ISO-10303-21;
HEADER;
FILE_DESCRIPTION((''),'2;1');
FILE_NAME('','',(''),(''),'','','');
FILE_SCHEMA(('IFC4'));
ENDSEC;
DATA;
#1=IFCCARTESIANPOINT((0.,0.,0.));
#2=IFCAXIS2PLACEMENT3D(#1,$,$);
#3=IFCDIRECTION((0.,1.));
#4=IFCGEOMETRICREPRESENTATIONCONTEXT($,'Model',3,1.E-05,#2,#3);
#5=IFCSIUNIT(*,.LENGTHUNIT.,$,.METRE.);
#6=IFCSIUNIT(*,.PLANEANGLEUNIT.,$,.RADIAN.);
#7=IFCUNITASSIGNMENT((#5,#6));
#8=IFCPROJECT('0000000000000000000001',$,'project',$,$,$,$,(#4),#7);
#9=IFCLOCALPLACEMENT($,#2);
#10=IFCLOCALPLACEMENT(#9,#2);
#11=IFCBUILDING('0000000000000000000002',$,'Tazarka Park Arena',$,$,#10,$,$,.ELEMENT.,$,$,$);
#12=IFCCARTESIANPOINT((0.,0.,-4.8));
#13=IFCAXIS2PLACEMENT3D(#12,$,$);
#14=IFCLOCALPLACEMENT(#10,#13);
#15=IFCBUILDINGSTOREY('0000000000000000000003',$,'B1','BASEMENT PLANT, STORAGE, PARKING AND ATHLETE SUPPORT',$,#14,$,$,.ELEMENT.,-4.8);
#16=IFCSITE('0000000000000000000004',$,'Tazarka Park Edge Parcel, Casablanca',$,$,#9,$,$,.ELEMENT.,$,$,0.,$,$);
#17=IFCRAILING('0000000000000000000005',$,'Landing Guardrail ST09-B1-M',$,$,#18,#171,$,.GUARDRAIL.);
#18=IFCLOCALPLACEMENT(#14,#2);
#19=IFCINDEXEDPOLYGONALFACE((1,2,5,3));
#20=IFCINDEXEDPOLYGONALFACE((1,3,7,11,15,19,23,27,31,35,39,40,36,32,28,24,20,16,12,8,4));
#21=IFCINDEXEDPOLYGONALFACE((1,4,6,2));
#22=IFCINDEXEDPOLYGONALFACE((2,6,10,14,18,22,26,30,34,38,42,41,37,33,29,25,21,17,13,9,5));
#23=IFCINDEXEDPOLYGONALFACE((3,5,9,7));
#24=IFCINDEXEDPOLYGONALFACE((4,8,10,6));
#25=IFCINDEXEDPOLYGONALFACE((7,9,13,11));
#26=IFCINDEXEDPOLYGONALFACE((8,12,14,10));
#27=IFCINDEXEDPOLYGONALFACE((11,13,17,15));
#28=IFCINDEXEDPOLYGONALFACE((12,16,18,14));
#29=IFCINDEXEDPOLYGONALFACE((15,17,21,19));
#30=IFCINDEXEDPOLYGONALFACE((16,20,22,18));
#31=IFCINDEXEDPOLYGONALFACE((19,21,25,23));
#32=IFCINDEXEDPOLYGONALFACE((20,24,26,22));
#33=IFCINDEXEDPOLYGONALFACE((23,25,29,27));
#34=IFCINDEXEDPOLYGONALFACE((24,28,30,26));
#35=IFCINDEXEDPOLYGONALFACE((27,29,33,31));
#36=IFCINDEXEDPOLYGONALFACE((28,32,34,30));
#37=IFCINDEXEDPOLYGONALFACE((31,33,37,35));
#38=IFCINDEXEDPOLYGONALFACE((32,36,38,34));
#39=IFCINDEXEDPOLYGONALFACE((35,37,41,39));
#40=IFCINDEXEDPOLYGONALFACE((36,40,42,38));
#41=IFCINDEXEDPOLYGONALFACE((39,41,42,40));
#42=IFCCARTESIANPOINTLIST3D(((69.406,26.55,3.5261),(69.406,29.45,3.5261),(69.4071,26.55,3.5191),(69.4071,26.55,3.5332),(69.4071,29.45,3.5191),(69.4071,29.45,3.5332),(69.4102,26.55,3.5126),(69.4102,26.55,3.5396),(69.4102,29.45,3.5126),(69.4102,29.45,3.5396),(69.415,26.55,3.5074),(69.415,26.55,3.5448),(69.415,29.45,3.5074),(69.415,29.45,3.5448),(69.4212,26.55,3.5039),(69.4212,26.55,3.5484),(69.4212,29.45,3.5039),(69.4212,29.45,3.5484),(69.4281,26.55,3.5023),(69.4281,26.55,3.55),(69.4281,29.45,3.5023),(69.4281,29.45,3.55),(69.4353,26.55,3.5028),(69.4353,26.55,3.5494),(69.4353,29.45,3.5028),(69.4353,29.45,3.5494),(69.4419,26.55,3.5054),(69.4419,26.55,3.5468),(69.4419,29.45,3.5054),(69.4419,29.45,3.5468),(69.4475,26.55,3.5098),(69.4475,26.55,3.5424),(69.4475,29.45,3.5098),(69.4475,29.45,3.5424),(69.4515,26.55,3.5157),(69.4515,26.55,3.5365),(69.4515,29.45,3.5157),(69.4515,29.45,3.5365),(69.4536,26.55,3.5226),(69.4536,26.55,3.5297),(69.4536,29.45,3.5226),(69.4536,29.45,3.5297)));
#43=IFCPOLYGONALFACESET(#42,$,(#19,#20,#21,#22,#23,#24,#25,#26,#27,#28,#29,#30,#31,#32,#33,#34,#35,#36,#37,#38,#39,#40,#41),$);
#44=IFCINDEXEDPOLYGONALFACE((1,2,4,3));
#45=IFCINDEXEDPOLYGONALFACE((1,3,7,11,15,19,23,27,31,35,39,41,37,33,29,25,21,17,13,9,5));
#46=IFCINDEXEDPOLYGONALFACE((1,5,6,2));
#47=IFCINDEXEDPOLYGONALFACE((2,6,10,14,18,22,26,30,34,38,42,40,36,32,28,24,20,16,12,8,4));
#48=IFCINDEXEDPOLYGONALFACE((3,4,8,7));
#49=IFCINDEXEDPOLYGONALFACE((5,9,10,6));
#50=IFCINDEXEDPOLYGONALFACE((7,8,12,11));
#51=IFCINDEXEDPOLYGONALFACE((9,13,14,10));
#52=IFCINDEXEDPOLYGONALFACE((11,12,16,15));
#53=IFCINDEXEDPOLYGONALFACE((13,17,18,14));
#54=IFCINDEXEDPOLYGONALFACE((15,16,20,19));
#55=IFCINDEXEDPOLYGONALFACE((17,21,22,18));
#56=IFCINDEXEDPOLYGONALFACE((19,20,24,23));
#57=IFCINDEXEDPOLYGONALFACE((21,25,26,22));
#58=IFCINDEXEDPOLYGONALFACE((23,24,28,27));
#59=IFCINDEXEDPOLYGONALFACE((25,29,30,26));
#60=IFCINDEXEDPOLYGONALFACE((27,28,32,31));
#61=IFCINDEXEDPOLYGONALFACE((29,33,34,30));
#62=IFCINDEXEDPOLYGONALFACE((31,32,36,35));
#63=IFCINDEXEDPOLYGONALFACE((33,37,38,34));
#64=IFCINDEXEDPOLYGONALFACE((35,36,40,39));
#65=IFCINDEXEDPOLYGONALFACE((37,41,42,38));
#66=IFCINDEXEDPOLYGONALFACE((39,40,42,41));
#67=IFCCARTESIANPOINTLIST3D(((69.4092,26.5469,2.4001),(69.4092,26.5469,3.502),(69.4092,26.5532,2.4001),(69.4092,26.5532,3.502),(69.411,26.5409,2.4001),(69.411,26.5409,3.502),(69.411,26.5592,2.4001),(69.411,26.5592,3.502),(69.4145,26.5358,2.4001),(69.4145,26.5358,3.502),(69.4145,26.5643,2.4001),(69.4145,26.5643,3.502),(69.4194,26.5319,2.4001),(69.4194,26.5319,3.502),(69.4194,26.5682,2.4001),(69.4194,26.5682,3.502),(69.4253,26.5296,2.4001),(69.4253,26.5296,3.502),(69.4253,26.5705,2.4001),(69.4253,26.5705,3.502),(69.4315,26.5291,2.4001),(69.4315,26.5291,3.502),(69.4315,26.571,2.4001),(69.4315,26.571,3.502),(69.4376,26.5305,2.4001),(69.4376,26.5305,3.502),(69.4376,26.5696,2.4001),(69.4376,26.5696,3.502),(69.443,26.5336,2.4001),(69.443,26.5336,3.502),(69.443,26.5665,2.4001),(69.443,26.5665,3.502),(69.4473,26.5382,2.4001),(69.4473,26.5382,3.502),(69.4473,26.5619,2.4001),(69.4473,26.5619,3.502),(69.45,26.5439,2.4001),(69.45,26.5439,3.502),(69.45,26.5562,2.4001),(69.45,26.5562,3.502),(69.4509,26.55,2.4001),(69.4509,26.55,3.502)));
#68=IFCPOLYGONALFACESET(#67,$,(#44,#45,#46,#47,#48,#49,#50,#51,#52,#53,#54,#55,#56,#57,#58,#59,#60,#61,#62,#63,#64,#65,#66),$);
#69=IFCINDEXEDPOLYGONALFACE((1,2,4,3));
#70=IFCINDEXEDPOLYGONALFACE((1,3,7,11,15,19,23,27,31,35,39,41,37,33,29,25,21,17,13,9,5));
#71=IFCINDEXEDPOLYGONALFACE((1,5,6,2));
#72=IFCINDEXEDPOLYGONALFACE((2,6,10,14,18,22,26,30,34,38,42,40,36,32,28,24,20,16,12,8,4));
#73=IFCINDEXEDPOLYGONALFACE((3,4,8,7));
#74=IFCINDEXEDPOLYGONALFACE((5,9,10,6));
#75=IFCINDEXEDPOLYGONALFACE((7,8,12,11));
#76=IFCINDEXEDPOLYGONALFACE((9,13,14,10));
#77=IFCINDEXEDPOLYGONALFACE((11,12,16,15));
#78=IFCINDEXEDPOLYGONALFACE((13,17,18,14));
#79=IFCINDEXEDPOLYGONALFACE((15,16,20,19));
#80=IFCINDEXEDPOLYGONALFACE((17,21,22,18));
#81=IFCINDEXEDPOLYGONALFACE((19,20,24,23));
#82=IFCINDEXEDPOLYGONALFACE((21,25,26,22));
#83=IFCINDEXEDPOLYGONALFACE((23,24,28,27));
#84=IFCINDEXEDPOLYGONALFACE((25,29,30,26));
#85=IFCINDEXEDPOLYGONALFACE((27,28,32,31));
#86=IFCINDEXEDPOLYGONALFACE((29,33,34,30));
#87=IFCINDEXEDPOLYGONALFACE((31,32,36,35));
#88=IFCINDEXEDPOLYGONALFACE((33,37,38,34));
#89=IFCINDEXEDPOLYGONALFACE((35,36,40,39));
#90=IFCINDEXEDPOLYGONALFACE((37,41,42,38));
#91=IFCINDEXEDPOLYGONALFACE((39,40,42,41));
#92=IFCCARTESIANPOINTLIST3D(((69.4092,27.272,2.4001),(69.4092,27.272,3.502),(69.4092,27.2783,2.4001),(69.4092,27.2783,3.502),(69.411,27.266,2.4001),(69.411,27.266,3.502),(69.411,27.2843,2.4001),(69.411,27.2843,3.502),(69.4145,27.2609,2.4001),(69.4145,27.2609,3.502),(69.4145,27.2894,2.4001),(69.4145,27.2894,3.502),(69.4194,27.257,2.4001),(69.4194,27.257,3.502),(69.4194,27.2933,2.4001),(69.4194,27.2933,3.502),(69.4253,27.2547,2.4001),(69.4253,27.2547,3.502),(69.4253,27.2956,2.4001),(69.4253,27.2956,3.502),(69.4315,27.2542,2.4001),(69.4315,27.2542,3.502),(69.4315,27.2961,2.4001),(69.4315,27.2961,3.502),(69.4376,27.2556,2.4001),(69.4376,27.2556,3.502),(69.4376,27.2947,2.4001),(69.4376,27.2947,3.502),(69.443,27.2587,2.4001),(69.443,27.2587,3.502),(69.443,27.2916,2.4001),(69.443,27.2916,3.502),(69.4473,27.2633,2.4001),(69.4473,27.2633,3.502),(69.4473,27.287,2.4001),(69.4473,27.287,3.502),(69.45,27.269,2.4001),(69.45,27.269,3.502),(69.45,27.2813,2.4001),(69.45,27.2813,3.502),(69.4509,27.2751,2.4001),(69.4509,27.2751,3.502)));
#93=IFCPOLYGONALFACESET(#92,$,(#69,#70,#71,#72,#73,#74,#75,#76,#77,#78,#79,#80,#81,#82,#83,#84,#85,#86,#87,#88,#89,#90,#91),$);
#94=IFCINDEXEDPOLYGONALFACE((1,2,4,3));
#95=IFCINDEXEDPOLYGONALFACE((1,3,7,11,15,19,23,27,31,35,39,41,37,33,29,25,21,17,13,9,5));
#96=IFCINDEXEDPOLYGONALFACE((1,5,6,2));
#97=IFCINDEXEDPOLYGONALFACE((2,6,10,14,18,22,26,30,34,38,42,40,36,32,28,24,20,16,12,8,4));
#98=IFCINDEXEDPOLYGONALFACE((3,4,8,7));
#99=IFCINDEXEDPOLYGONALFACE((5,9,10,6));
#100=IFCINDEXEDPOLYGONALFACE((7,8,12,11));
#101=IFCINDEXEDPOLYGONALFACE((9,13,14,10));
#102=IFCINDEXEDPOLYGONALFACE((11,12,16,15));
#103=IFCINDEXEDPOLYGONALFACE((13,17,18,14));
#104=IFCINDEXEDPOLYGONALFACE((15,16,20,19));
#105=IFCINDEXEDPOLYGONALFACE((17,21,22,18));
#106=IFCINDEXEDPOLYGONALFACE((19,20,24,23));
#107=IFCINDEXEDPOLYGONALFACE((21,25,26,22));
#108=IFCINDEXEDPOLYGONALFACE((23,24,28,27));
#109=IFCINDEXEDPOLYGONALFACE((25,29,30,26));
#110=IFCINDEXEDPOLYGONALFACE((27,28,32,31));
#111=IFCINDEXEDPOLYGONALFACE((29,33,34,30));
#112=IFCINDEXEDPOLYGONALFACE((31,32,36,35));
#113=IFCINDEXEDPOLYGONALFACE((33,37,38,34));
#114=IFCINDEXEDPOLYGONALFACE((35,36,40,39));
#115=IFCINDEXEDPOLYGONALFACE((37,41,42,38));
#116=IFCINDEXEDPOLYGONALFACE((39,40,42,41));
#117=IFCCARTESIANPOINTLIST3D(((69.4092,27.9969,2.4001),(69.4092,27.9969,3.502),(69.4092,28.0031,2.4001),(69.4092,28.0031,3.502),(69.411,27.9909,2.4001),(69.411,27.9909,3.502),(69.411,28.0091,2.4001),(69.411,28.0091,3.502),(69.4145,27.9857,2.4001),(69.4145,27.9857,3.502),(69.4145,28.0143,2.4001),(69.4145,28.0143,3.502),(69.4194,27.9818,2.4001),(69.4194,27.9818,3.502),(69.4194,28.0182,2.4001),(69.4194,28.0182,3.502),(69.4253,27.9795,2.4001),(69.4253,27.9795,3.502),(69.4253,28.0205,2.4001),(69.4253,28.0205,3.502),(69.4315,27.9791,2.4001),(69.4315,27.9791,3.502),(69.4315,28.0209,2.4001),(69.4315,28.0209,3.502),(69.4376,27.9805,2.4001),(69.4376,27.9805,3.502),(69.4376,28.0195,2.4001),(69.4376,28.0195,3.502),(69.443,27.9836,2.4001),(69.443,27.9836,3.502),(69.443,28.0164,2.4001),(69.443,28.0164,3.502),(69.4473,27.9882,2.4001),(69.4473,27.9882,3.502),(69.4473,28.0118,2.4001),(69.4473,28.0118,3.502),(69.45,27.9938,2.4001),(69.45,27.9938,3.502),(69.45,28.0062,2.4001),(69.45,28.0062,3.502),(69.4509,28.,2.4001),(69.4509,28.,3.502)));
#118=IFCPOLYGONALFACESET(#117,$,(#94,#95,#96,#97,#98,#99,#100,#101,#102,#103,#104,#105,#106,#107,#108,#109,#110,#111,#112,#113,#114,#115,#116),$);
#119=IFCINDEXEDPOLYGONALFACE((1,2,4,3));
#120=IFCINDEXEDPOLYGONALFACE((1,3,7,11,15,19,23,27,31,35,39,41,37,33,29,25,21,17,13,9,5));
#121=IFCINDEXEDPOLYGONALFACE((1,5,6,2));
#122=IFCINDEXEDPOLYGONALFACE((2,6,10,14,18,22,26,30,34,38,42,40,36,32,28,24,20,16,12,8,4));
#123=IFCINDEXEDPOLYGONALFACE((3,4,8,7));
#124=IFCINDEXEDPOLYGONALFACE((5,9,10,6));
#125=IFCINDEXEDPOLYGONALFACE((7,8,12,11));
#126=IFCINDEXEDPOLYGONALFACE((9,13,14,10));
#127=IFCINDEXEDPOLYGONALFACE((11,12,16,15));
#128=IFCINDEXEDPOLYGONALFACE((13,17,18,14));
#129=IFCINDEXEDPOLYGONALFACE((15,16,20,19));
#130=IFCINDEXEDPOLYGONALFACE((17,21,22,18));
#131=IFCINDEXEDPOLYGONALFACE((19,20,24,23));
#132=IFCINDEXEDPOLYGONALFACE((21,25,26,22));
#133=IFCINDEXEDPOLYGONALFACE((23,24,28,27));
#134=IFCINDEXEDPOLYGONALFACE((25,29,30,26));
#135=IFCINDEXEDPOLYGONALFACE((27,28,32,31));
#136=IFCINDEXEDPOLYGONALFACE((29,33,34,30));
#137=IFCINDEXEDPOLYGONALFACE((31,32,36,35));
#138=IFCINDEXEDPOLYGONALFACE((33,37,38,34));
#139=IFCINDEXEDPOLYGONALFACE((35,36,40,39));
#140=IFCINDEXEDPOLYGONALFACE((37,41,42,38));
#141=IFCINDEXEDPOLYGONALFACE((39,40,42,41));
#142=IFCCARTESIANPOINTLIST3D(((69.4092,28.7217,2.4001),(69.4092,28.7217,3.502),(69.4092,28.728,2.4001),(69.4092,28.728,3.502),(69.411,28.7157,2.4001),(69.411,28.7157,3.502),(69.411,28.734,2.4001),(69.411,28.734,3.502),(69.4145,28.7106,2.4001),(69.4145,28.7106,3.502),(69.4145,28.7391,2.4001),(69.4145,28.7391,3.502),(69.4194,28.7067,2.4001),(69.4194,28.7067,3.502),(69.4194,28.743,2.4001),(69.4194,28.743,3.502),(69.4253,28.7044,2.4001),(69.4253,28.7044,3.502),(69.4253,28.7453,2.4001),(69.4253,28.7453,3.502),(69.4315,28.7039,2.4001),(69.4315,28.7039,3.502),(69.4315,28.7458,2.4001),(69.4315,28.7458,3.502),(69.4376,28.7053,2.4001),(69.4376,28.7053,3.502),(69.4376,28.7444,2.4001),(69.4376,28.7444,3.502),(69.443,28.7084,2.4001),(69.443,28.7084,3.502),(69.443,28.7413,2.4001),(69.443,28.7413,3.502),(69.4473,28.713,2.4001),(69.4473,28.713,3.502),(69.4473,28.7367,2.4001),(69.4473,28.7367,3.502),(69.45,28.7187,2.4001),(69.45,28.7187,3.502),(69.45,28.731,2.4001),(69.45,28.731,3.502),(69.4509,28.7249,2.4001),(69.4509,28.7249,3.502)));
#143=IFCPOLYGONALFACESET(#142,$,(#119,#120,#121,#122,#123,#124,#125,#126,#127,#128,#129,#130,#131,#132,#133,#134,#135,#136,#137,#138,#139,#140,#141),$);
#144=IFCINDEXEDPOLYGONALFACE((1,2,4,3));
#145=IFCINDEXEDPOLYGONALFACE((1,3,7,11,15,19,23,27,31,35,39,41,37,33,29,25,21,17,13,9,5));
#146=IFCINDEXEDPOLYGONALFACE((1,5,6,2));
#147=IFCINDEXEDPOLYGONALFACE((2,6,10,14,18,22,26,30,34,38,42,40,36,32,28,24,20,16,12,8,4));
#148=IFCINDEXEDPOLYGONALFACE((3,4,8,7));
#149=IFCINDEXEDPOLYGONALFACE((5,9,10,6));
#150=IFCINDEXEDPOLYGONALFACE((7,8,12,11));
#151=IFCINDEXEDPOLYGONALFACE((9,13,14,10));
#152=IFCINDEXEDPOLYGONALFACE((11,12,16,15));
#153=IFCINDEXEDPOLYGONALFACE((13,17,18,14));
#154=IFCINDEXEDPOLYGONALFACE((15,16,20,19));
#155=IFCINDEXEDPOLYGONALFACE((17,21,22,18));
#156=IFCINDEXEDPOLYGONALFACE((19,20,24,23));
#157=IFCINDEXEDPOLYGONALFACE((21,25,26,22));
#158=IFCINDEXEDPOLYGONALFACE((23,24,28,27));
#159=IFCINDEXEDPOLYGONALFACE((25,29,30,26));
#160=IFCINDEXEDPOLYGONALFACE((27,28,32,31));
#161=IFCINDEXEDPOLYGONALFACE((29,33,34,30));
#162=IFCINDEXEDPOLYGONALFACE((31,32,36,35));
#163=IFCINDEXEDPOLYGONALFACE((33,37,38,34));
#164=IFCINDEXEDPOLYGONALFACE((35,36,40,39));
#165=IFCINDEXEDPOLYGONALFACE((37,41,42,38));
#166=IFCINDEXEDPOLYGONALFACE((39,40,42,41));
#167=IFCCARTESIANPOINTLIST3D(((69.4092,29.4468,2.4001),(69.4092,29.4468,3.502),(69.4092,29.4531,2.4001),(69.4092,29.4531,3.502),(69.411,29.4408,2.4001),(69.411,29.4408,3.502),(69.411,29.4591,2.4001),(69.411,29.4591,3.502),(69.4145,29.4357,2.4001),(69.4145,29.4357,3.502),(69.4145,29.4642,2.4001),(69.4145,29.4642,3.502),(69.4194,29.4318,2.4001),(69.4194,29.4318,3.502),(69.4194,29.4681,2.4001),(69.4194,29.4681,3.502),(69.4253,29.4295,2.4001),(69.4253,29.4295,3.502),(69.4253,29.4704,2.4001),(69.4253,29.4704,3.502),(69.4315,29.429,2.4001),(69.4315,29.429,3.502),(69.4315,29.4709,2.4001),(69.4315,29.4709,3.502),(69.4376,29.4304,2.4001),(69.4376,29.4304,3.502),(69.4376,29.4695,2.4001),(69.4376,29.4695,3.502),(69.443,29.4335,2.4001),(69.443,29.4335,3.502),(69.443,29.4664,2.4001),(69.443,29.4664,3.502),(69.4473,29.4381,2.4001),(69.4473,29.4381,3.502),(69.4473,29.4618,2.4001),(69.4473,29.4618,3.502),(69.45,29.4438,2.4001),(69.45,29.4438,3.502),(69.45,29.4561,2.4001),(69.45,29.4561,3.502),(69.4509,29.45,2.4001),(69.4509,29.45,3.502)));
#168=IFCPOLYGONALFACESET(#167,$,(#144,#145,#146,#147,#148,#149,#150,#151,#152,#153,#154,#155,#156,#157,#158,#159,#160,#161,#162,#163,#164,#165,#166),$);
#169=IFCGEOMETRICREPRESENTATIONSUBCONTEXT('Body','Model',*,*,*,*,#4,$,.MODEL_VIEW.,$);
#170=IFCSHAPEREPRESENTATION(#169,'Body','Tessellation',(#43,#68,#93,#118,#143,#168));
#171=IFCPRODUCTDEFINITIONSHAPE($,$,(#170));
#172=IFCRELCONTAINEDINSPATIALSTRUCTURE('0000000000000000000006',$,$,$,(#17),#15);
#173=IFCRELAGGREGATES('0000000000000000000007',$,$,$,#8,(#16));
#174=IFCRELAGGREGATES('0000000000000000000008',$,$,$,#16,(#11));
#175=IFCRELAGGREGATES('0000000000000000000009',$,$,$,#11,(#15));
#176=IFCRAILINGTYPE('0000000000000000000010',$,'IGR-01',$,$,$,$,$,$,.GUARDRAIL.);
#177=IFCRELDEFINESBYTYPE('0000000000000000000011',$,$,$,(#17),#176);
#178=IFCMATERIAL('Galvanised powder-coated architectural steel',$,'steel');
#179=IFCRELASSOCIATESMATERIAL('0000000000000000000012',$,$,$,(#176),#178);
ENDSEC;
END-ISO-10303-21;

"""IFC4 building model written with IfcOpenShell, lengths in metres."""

from ifc_helpers import new_model, si_unit, direction, frame, origin, origin_2d, place, context, subcontext, project, spatial, circle, extrude, material, type_object, element, save


model = new_model("IFC4")

# Units and contexts
model_context = context("Model", 3, precision=1e-05, world=origin(), true_north=direction((0.0, 1.0)))
body_context = subcontext(model_context, "Body", "Model", "MODEL_VIEW")
ifc_project = project(units=[si_unit("LENGTHUNIT", "METRE"), si_unit("PLANEANGLEUNIT", "RADIAN")], contexts=[model_context])

# Site, building, storey
site_placement = place(None, origin())
site = spatial("IfcSite", under=ifc_project, at=site_placement, Name="Tazarka Park Edge Parcel, Casablanca", CompositionType="ELEMENT", RefElevation=0.0)
building_placement = place(site_placement, origin())
building = spatial("IfcBuilding", under=site, at=building_placement, Name="Tazarka Park Arena", CompositionType="ELEMENT")
storey_placement = place(building_placement, frame((0.0, 0.0, -4.8)))
storey = spatial("IfcBuildingStorey", under=building, at=storey_placement, Name="B1", Description="BASEMENT PLANT, STORAGE, PARKING AND ATHLETE SUPPORT", CompositionType="ELEMENT", Elevation=-4.8)

# Railing
ifc_material_1 = material(Name="Galvanised powder-coated architectural steel", Category="steel")
railing_type_1 = type_object("IfcRailingType", Name="IGR-01", PredefinedType="GUARDRAIL", material=ifc_material_1)
railing_1_placement = place(storey_placement, frame((69.4299, 26.55, 2.4001)))
element("IfcRailing", 1, at=railing_1_placement, inside=storey, type_object=railing_type_1, Name="Landing Guardrail ST09-B1-M", PredefinedType="GUARDRAIL", context=body_context, shape_type="SweptSolid", body=[
    extrude(circle(Radius=0.0239, at=origin_2d()), frame((0.0, 0.0, 1.126), z_axis=(0.0, 1.0, 0.0), x_axis=(-1.0, 0.0, 0.0)), (0.0, 0.0, 1.0), 2.8999),
    extrude(circle(Radius=0.021, at=origin_2d()), origin(), (0.0, 0.0, 1.0), 1.1018),
    extrude(circle(Radius=0.021, at=origin_2d()), frame((0.0, 0.7251, 0.0)), (0.0, 0.0, 1.0), 1.1018),
    extrude(circle(Radius=0.021, at=origin_2d()), frame((0.0, 1.45, 0.0)), (0.0, 0.0, 1.0), 1.1018),
    extrude(circle(Radius=0.021, at=origin_2d()), frame((0.0, 2.1748, 0.0)), (0.0, 0.0, 1.0), 1.1018),
    extrude(circle(Radius=0.021, at=origin_2d()), frame((0.0, 2.8999, 0.0)), (0.0, 0.0, 1.0), 1.1018),
])

save(model, "model.ifc")
